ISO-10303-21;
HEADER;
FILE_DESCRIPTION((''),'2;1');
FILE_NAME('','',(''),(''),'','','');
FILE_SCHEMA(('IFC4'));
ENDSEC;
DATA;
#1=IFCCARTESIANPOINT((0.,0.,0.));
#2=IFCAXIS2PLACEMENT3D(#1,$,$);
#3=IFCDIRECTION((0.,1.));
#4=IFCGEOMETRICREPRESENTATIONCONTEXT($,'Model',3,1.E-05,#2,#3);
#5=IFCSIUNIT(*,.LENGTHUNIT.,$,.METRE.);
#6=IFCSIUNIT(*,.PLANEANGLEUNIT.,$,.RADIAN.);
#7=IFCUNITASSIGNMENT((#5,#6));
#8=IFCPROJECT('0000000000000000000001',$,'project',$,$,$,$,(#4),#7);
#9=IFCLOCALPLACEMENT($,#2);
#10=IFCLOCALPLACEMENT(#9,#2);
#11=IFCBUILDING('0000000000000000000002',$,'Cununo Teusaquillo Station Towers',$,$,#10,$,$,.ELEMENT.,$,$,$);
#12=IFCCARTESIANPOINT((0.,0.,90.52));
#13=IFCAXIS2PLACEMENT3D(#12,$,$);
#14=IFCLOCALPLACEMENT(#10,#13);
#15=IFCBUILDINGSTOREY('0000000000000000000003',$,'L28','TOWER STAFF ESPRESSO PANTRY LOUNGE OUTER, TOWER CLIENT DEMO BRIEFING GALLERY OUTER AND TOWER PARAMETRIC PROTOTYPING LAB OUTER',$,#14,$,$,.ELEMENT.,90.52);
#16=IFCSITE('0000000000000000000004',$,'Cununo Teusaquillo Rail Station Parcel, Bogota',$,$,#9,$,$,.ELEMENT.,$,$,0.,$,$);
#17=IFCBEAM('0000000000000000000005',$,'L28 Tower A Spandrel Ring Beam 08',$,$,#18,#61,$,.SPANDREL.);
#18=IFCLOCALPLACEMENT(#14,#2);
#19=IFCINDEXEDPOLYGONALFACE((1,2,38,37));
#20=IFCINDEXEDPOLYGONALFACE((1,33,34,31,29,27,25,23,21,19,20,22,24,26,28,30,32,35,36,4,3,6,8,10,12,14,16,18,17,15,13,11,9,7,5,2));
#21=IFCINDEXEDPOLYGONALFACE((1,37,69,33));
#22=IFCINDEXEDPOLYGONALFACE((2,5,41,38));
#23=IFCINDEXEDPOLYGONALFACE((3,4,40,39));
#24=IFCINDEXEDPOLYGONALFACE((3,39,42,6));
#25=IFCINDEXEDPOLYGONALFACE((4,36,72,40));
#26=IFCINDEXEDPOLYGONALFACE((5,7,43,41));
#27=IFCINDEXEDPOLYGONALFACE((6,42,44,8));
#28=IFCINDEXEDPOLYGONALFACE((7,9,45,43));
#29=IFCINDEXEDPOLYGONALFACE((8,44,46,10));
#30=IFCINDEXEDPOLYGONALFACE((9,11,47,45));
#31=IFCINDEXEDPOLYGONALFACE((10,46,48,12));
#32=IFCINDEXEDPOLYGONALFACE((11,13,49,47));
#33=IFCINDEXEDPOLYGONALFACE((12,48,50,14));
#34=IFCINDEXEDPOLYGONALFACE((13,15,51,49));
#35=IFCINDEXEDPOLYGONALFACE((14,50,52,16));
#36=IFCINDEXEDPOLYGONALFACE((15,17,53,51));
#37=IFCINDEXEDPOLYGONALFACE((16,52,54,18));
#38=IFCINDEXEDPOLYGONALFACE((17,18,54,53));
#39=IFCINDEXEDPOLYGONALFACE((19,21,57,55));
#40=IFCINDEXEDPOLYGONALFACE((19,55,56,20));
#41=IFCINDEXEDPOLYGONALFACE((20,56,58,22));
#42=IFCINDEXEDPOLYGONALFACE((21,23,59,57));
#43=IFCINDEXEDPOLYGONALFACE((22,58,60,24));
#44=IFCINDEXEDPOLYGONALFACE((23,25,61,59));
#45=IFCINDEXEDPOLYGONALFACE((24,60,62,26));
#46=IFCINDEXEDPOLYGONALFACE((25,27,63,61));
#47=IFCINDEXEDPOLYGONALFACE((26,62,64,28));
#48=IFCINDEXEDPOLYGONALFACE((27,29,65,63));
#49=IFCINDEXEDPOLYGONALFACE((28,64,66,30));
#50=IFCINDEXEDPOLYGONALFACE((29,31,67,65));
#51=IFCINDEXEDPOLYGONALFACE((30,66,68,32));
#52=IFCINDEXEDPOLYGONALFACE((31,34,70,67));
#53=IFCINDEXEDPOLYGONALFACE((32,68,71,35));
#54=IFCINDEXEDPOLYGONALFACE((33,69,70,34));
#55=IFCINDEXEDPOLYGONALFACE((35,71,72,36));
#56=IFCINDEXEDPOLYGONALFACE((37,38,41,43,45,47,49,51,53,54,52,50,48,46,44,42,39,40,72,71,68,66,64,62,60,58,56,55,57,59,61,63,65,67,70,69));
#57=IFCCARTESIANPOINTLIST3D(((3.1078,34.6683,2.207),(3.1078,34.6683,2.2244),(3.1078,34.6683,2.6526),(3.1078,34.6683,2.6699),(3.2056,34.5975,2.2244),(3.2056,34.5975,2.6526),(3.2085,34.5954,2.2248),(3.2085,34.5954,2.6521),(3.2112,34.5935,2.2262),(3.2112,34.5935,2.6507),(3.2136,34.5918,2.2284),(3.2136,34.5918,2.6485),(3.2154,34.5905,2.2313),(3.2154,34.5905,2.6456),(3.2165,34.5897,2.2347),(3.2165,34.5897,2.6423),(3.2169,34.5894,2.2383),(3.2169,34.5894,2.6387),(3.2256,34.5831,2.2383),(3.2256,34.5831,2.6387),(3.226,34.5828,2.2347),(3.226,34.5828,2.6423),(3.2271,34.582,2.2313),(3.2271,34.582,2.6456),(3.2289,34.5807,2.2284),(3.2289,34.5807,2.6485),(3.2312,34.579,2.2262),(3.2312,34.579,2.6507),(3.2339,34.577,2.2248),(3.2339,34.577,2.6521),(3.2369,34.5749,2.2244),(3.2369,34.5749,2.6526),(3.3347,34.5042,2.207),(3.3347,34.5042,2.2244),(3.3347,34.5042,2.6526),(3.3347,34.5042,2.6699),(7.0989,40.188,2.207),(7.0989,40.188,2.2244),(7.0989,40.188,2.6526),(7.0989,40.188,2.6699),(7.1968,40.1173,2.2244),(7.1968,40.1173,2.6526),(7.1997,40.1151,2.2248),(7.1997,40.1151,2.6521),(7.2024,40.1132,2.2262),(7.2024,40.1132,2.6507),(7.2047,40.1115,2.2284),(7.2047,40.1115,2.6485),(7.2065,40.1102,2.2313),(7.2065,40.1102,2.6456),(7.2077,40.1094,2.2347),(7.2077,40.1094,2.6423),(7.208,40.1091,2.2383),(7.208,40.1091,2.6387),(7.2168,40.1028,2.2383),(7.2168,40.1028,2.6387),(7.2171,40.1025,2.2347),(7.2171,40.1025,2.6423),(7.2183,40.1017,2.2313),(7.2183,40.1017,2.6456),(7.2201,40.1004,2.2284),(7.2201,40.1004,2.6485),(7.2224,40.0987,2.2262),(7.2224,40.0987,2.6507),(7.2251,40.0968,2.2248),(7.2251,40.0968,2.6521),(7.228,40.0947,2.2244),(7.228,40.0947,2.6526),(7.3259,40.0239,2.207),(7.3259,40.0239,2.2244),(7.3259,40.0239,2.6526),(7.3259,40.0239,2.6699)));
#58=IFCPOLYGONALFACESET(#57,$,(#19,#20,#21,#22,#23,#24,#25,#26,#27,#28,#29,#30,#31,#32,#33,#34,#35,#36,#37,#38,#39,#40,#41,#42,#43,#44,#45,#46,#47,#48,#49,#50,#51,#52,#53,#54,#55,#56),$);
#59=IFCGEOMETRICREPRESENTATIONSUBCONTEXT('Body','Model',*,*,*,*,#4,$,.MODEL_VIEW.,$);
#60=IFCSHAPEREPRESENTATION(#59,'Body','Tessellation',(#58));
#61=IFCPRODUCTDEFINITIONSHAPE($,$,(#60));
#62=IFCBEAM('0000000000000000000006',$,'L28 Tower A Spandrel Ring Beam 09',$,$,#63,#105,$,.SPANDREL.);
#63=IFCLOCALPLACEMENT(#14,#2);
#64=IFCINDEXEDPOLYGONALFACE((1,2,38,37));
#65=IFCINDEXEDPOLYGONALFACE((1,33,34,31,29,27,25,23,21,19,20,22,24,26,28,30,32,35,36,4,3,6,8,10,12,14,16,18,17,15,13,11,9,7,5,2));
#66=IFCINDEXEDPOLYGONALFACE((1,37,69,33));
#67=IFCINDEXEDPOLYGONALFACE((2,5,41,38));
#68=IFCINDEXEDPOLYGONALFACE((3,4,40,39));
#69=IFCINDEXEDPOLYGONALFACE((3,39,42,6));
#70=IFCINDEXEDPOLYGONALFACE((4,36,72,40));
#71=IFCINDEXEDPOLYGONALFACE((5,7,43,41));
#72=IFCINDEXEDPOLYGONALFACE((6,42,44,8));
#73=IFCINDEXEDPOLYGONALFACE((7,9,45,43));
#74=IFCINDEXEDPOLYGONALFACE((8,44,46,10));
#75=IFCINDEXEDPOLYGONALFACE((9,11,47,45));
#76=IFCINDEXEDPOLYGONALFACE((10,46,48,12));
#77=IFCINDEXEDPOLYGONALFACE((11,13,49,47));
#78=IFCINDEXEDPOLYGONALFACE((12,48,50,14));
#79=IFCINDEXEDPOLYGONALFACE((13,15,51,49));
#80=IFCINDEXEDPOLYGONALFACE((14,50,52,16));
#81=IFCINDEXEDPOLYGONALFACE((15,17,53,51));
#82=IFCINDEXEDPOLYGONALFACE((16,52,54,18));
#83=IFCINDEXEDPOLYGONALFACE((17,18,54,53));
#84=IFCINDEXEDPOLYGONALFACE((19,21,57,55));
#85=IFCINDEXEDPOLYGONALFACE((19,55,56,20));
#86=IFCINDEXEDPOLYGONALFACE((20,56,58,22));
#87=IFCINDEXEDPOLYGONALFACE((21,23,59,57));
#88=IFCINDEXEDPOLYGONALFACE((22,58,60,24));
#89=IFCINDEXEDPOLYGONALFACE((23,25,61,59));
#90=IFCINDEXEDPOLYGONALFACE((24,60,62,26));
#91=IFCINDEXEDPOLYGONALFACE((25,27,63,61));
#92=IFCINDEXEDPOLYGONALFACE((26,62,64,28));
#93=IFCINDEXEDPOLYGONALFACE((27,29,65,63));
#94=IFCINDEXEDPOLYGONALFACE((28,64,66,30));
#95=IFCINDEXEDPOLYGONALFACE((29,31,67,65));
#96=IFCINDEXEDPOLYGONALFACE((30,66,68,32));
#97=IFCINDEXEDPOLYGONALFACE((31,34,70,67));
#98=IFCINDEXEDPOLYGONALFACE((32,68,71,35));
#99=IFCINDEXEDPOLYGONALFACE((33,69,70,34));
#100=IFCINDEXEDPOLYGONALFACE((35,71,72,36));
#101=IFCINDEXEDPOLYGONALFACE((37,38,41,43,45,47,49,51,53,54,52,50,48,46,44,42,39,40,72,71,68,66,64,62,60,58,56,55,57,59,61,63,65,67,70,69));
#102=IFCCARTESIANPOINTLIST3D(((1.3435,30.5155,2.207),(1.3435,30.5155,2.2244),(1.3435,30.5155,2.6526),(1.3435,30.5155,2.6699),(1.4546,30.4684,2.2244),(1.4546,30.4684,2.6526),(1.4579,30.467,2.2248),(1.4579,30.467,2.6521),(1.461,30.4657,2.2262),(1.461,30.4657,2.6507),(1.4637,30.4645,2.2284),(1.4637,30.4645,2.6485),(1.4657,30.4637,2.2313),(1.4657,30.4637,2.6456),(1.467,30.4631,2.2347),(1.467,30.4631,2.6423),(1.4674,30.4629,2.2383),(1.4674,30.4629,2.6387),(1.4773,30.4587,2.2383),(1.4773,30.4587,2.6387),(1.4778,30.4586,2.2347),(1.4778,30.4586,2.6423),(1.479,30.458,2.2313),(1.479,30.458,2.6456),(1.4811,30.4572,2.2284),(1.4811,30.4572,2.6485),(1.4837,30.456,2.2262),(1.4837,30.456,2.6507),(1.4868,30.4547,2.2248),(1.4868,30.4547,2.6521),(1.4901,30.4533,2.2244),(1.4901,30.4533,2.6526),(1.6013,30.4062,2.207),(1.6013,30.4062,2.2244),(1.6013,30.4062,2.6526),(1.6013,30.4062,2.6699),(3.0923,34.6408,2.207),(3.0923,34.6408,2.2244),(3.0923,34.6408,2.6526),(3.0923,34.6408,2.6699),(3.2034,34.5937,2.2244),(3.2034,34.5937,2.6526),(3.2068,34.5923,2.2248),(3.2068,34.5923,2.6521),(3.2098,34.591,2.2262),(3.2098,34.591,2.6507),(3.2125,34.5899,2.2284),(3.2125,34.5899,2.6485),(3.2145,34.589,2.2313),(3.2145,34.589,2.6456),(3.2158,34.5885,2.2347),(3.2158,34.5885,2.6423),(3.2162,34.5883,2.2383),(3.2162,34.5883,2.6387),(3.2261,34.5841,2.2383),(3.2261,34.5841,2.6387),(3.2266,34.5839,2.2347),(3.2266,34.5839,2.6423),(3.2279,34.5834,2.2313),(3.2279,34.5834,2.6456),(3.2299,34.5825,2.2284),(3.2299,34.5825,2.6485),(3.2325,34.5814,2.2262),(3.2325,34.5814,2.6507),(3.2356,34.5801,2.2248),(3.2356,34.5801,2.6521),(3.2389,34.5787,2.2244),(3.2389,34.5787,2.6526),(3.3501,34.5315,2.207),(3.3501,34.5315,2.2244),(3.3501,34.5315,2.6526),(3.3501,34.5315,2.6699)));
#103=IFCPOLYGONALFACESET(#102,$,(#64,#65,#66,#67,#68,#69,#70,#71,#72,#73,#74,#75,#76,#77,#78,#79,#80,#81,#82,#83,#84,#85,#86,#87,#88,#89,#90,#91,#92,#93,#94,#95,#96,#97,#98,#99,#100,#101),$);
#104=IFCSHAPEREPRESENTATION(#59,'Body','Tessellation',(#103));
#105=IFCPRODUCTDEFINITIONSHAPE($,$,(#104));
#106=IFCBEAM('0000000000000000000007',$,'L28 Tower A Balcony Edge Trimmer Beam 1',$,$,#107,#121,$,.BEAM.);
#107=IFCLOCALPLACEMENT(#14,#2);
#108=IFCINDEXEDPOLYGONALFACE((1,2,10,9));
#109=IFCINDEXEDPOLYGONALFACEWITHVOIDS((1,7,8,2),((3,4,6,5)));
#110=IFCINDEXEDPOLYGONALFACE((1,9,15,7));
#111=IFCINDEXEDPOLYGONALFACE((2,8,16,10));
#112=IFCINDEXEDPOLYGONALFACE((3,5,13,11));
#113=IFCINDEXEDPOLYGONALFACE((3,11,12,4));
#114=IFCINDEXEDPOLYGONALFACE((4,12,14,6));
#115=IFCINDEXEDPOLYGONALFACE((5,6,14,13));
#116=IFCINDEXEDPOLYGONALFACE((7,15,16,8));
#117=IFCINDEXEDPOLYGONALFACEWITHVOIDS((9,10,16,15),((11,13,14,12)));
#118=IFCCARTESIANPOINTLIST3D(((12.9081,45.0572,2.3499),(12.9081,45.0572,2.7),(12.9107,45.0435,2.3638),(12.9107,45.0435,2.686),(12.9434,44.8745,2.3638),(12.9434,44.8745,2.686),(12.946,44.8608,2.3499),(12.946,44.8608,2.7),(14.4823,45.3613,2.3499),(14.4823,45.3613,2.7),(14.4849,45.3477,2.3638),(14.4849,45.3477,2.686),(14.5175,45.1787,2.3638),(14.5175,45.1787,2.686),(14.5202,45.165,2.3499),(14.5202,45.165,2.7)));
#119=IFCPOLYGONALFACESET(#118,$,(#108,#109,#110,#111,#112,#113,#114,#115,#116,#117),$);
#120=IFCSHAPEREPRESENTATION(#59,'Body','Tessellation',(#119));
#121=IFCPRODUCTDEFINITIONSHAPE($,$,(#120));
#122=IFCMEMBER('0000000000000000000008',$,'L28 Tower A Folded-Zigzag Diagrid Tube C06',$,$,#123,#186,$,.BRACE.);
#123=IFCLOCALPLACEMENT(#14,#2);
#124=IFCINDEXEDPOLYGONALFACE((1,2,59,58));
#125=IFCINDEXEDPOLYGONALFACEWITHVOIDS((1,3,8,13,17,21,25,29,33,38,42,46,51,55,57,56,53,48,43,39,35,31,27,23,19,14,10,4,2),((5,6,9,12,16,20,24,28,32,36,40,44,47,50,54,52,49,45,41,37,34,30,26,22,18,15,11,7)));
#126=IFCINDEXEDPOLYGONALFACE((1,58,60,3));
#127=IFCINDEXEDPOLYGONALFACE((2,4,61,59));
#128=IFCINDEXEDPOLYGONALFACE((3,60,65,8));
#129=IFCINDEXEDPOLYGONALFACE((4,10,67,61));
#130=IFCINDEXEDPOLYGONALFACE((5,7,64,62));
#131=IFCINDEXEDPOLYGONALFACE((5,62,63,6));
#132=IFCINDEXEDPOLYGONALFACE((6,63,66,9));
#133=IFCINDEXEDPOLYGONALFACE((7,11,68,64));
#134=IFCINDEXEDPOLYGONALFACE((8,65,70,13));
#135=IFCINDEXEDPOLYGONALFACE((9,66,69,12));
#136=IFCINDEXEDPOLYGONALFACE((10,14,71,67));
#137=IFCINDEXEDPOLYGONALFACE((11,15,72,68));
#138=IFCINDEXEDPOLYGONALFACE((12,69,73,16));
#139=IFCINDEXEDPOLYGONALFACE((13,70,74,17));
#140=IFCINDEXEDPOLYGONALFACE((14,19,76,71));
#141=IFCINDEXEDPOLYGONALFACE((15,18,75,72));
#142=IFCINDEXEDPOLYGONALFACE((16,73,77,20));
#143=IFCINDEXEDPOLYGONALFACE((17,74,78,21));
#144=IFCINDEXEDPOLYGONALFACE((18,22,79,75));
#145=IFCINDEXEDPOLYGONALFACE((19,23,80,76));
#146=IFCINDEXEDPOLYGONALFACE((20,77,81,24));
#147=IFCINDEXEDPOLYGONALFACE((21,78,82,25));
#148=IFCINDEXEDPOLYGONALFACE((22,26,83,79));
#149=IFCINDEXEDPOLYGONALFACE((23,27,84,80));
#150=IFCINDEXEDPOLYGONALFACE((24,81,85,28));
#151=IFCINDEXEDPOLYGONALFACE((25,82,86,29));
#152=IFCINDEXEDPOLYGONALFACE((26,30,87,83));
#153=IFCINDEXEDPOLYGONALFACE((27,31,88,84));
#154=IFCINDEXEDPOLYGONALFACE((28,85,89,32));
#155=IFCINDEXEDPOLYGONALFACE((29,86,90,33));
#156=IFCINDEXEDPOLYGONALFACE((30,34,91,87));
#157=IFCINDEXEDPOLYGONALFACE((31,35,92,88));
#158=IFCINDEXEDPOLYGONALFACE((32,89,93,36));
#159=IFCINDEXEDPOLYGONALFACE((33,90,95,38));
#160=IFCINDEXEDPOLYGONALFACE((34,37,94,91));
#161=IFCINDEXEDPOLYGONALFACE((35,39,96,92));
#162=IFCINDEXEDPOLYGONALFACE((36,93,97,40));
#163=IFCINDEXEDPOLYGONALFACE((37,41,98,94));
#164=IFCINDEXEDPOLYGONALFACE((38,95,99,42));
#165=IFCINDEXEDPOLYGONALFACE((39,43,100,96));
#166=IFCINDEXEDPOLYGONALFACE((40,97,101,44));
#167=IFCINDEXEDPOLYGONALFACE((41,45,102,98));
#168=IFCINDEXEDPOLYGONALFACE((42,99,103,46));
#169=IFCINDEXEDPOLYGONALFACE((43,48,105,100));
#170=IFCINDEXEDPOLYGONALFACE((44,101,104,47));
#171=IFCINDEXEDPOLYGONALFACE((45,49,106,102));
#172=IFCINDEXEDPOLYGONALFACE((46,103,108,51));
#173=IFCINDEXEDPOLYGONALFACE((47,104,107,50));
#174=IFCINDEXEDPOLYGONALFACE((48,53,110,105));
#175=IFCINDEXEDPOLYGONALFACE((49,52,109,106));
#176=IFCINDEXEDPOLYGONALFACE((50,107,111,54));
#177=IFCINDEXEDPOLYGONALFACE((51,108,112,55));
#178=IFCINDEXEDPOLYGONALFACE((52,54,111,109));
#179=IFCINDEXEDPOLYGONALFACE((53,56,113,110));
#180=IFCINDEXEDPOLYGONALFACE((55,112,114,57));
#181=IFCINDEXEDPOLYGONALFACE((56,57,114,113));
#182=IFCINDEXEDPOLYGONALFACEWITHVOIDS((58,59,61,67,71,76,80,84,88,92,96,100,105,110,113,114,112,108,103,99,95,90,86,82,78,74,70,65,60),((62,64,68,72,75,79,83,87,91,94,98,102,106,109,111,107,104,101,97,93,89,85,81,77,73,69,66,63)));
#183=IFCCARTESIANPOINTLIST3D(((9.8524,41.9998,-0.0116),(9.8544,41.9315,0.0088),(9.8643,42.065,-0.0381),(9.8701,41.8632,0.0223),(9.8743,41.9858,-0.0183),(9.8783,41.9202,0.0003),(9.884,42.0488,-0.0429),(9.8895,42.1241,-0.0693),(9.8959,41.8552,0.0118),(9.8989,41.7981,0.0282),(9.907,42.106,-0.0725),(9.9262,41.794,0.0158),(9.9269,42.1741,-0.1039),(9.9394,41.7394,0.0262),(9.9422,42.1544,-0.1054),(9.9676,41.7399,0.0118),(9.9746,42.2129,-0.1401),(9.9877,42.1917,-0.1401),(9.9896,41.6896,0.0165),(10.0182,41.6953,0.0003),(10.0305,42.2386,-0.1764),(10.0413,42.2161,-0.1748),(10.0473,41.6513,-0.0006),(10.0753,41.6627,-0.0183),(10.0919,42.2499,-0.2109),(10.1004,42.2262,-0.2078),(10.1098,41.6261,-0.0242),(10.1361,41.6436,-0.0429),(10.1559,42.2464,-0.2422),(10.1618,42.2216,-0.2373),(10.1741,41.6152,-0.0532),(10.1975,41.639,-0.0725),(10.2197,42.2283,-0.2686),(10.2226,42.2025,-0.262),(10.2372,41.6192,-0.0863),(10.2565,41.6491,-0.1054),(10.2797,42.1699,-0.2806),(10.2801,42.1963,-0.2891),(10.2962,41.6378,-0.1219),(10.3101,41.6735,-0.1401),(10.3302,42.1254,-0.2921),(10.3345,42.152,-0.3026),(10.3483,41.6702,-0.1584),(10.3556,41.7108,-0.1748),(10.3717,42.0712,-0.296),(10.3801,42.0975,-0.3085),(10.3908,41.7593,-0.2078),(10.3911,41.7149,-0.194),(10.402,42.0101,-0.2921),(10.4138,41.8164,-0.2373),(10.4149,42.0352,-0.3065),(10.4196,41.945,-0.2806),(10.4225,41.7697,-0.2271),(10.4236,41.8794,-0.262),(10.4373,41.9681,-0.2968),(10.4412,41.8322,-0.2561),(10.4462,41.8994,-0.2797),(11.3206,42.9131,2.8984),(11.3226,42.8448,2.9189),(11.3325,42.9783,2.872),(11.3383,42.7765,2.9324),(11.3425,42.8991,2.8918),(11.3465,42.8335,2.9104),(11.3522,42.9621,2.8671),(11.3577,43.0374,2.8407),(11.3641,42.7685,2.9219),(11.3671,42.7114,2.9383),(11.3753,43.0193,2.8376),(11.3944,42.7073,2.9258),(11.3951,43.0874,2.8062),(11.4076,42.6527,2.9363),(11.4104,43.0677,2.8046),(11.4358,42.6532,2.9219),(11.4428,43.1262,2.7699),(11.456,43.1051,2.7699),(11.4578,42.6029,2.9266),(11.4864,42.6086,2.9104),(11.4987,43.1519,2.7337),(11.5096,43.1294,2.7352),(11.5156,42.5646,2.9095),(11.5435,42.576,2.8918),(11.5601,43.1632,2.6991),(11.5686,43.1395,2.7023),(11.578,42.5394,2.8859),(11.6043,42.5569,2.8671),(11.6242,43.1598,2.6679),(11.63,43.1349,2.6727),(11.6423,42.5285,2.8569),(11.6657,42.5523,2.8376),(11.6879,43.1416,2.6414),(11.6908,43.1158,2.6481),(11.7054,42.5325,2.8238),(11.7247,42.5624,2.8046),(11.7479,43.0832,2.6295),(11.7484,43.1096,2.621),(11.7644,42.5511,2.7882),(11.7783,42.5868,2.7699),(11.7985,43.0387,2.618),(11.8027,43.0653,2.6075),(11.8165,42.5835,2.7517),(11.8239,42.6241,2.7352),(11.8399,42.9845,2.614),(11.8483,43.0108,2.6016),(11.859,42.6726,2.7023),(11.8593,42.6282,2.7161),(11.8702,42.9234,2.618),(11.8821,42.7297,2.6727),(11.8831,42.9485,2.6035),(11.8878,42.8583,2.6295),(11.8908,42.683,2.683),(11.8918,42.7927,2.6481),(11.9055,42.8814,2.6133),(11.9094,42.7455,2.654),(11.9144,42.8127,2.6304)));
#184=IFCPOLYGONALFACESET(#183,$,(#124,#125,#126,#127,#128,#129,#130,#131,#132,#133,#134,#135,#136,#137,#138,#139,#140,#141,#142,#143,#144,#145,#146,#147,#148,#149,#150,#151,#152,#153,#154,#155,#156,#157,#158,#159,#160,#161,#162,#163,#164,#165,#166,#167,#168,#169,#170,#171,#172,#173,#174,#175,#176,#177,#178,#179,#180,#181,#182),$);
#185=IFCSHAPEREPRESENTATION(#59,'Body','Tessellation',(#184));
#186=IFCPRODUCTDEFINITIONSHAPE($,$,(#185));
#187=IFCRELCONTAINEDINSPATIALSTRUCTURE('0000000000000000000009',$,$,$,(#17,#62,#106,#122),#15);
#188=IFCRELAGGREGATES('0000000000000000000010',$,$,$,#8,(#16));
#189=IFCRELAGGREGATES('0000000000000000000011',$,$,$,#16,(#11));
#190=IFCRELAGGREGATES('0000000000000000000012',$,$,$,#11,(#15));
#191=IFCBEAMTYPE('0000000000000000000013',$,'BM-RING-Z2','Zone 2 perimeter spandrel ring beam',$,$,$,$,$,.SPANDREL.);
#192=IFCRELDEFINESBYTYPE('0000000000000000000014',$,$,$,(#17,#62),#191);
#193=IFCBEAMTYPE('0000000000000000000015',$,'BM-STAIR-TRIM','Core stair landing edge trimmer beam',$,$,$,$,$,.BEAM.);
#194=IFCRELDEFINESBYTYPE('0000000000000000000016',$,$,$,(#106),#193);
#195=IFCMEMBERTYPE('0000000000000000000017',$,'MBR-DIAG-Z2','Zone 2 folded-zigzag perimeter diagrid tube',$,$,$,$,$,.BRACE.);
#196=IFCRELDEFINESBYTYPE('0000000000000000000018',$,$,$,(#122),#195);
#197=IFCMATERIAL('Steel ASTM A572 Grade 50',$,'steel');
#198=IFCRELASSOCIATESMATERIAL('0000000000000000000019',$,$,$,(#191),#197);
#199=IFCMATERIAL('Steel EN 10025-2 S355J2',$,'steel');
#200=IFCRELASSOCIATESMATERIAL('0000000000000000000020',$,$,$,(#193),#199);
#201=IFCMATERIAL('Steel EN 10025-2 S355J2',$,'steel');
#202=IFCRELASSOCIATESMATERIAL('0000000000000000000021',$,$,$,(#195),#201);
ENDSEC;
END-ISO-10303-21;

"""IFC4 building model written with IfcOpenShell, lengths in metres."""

from ifc_helpers import new_model, si_unit, direction, frame, origin, origin_2d, place, context, subcontext, project, spatial, hollow_rectangle, hollow_circle, i_section, extrude, material, material_profile, profile_set, type_object, element, save


model = new_model("IFC4")

# Units and contexts
model_context = context("Model", 3, precision=1e-05, world=origin(), true_north=direction((0.0, 1.0)))
body_context = subcontext(model_context, "Body", "Model", "MODEL_VIEW")
ifc_project = project(units=[si_unit("LENGTHUNIT", "METRE"), si_unit("PLANEANGLEUNIT", "RADIAN")], contexts=[model_context])

# Site, building, storey
site_placement = place(None, origin())
site = spatial("IfcSite", under=ifc_project, at=site_placement, Name="Cununo Teusaquillo Rail Station Parcel, Bogota", CompositionType="ELEMENT", RefElevation=0.0)
building_placement = place(site_placement, origin())
building = spatial("IfcBuilding", under=site, at=building_placement, Name="Cununo Teusaquillo Station Towers", CompositionType="ELEMENT")
storey_placement = place(building_placement, frame((0.0, 0.0, 90.52)))
storey = spatial("IfcBuildingStorey", under=building, at=storey_placement, Name="L28", Description="TOWER STAFF ESPRESSO PANTRY LOUNGE OUTER, TOWER CLIENT DEMO BRIEFING GALLERY OUTER AND TOWER PARAMETRIC PROTOTYPING LAB OUTER", CompositionType="ELEMENT", Elevation=90.52)

# Beams
ifc_material_1 = material(Name="Steel ASTM A572 Grade 50", Category="steel")
ifc_material_profile_1 = material_profile(ifc_material_1, i_section(OverallWidth=0.28, OverallDepth=0.4629, WebThickness=0.0107, FlangeThickness=0.0173, FilletRadius=0.0139, at=origin_2d()), Name="W18X76")
ifc_profile_set_1 = profile_set([ifc_material_profile_1], Name="Steel ASTM A572 Grade 50")
beam_type_1 = type_object("IfcBeamType", Name="BM-RING-Z2", Description="Zone 2 perimeter spandrel ring beam", PredefinedType="SPANDREL", material=ifc_profile_set_1)
beam_1_placement = place(storey_placement, frame((7.2124, 40.106, 2.4385), z_axis=(-0.585945, -0.810351, 0.0), x_axis=(0.810351, -0.585945, 0.0)))
element("IfcBeam", 1, at=beam_1_placement, inside=storey, type_object=beam_type_1, Name="L28 Tower A Spandrel Ring Beam 08", PredefinedType="SPANDREL", context=body_context, shape_type="SweptSolid", body=[
    extrude(i_section(OverallWidth=0.28, OverallDepth=0.4629, WebThickness=0.0107, FlangeThickness=0.0173, FilletRadius=0.0139, at=origin_2d()), origin(), (0.0, 0.0, 1.0), 6.8115),
])
beam_2_placement = place(storey_placement, frame((3.2212, 34.5862, 2.4385), z_axis=(-0.390299, -0.920688, 0.0), x_axis=(0.920688, -0.390299, 0.0)))
element("IfcBeam", 2, at=beam_2_placement, inside=storey, type_object=beam_type_1, Name="L28 Tower A Spandrel Ring Beam 09", PredefinedType="SPANDREL", context=body_context, shape_type="SweptSolid", body=[
    extrude(i_section(OverallWidth=0.28, OverallDepth=0.4629, WebThickness=0.0107, FlangeThickness=0.0173, FilletRadius=0.0139, at=origin_2d()), origin(), (0.0, 0.0, 1.0), 4.4807),
])
ifc_material_2 = material(Name="Steel EN 10025-2 S355J2", Category="steel")
ifc_material_profile_2 = material_profile(ifc_material_2, hollow_rectangle(XDim=0.2, YDim=0.3501, WallThickness=0.0139, at=origin_2d()), Name="RHS 350x200x14")
ifc_profile_set_2 = profile_set([ifc_material_profile_2], Name="Steel EN 10025-2 S355J2")
beam_type_2 = type_object("IfcBeamType", Name="BM-STAIR-TRIM", Description="Core stair landing edge trimmer beam", PredefinedType="BEAM", material=ifc_profile_set_2)
beam_3_placement = place(storey_placement, frame((14.5012, 45.2632, 2.5249), z_axis=(-0.981837, -0.189728, 0.0), x_axis=(0.189728, -0.981837, 0.0)))
element("IfcBeam", 3, at=beam_3_placement, inside=storey, type_object=beam_type_2, Name="L28 Tower A Balcony Edge Trimmer Beam 1", PredefinedType="BEAM", context=body_context, shape_type="SweptSolid", body=[
    extrude(hollow_rectangle(XDim=0.2, YDim=0.3501, WallThickness=0.0139, at=origin_2d()), origin(), (0.0, 0.0, 1.0), 1.6033),
])

# Member
ifc_material_3 = material(Name="Steel EN 10025-2 S355J2", Category="steel")
ifc_material_profile_3 = material_profile(ifc_material_3, hollow_circle(Radius=0.3301, WallThickness=0.0249, at=origin_2d()), Name="CHS 660x25")
ifc_profile_set_3 = profile_set([ifc_material_profile_3], Name="Steel EN 10025-2 S355J2")
member_type = type_object("IfcMemberType", Name="MBR-DIAG-Z2", Description="Zone 2 folded-zigzag perimeter diagrid tube", PredefinedType="BRACE", material=ifc_profile_set_3)
member_1_placement = place(storey_placement, frame((10.1489, 41.9326, -0.1401), z_axis=(0.433741, 0.269808, 0.859693), x_axis=(-0.528196, 0.849123, 0.0)))
element("IfcMember", 4, at=member_1_placement, inside=storey, type_object=member_type, Name="L28 Tower A Folded-Zigzag Diagrid Tube C06", PredefinedType="BRACE", context=body_context, shape_type="SweptSolid", body=[
    extrude(hollow_circle(Radius=0.3301, WallThickness=0.0249, at=origin_2d()), origin(), (0.0, 0.0, 1.0), 3.385),
])

save(model, "model.ifc")
